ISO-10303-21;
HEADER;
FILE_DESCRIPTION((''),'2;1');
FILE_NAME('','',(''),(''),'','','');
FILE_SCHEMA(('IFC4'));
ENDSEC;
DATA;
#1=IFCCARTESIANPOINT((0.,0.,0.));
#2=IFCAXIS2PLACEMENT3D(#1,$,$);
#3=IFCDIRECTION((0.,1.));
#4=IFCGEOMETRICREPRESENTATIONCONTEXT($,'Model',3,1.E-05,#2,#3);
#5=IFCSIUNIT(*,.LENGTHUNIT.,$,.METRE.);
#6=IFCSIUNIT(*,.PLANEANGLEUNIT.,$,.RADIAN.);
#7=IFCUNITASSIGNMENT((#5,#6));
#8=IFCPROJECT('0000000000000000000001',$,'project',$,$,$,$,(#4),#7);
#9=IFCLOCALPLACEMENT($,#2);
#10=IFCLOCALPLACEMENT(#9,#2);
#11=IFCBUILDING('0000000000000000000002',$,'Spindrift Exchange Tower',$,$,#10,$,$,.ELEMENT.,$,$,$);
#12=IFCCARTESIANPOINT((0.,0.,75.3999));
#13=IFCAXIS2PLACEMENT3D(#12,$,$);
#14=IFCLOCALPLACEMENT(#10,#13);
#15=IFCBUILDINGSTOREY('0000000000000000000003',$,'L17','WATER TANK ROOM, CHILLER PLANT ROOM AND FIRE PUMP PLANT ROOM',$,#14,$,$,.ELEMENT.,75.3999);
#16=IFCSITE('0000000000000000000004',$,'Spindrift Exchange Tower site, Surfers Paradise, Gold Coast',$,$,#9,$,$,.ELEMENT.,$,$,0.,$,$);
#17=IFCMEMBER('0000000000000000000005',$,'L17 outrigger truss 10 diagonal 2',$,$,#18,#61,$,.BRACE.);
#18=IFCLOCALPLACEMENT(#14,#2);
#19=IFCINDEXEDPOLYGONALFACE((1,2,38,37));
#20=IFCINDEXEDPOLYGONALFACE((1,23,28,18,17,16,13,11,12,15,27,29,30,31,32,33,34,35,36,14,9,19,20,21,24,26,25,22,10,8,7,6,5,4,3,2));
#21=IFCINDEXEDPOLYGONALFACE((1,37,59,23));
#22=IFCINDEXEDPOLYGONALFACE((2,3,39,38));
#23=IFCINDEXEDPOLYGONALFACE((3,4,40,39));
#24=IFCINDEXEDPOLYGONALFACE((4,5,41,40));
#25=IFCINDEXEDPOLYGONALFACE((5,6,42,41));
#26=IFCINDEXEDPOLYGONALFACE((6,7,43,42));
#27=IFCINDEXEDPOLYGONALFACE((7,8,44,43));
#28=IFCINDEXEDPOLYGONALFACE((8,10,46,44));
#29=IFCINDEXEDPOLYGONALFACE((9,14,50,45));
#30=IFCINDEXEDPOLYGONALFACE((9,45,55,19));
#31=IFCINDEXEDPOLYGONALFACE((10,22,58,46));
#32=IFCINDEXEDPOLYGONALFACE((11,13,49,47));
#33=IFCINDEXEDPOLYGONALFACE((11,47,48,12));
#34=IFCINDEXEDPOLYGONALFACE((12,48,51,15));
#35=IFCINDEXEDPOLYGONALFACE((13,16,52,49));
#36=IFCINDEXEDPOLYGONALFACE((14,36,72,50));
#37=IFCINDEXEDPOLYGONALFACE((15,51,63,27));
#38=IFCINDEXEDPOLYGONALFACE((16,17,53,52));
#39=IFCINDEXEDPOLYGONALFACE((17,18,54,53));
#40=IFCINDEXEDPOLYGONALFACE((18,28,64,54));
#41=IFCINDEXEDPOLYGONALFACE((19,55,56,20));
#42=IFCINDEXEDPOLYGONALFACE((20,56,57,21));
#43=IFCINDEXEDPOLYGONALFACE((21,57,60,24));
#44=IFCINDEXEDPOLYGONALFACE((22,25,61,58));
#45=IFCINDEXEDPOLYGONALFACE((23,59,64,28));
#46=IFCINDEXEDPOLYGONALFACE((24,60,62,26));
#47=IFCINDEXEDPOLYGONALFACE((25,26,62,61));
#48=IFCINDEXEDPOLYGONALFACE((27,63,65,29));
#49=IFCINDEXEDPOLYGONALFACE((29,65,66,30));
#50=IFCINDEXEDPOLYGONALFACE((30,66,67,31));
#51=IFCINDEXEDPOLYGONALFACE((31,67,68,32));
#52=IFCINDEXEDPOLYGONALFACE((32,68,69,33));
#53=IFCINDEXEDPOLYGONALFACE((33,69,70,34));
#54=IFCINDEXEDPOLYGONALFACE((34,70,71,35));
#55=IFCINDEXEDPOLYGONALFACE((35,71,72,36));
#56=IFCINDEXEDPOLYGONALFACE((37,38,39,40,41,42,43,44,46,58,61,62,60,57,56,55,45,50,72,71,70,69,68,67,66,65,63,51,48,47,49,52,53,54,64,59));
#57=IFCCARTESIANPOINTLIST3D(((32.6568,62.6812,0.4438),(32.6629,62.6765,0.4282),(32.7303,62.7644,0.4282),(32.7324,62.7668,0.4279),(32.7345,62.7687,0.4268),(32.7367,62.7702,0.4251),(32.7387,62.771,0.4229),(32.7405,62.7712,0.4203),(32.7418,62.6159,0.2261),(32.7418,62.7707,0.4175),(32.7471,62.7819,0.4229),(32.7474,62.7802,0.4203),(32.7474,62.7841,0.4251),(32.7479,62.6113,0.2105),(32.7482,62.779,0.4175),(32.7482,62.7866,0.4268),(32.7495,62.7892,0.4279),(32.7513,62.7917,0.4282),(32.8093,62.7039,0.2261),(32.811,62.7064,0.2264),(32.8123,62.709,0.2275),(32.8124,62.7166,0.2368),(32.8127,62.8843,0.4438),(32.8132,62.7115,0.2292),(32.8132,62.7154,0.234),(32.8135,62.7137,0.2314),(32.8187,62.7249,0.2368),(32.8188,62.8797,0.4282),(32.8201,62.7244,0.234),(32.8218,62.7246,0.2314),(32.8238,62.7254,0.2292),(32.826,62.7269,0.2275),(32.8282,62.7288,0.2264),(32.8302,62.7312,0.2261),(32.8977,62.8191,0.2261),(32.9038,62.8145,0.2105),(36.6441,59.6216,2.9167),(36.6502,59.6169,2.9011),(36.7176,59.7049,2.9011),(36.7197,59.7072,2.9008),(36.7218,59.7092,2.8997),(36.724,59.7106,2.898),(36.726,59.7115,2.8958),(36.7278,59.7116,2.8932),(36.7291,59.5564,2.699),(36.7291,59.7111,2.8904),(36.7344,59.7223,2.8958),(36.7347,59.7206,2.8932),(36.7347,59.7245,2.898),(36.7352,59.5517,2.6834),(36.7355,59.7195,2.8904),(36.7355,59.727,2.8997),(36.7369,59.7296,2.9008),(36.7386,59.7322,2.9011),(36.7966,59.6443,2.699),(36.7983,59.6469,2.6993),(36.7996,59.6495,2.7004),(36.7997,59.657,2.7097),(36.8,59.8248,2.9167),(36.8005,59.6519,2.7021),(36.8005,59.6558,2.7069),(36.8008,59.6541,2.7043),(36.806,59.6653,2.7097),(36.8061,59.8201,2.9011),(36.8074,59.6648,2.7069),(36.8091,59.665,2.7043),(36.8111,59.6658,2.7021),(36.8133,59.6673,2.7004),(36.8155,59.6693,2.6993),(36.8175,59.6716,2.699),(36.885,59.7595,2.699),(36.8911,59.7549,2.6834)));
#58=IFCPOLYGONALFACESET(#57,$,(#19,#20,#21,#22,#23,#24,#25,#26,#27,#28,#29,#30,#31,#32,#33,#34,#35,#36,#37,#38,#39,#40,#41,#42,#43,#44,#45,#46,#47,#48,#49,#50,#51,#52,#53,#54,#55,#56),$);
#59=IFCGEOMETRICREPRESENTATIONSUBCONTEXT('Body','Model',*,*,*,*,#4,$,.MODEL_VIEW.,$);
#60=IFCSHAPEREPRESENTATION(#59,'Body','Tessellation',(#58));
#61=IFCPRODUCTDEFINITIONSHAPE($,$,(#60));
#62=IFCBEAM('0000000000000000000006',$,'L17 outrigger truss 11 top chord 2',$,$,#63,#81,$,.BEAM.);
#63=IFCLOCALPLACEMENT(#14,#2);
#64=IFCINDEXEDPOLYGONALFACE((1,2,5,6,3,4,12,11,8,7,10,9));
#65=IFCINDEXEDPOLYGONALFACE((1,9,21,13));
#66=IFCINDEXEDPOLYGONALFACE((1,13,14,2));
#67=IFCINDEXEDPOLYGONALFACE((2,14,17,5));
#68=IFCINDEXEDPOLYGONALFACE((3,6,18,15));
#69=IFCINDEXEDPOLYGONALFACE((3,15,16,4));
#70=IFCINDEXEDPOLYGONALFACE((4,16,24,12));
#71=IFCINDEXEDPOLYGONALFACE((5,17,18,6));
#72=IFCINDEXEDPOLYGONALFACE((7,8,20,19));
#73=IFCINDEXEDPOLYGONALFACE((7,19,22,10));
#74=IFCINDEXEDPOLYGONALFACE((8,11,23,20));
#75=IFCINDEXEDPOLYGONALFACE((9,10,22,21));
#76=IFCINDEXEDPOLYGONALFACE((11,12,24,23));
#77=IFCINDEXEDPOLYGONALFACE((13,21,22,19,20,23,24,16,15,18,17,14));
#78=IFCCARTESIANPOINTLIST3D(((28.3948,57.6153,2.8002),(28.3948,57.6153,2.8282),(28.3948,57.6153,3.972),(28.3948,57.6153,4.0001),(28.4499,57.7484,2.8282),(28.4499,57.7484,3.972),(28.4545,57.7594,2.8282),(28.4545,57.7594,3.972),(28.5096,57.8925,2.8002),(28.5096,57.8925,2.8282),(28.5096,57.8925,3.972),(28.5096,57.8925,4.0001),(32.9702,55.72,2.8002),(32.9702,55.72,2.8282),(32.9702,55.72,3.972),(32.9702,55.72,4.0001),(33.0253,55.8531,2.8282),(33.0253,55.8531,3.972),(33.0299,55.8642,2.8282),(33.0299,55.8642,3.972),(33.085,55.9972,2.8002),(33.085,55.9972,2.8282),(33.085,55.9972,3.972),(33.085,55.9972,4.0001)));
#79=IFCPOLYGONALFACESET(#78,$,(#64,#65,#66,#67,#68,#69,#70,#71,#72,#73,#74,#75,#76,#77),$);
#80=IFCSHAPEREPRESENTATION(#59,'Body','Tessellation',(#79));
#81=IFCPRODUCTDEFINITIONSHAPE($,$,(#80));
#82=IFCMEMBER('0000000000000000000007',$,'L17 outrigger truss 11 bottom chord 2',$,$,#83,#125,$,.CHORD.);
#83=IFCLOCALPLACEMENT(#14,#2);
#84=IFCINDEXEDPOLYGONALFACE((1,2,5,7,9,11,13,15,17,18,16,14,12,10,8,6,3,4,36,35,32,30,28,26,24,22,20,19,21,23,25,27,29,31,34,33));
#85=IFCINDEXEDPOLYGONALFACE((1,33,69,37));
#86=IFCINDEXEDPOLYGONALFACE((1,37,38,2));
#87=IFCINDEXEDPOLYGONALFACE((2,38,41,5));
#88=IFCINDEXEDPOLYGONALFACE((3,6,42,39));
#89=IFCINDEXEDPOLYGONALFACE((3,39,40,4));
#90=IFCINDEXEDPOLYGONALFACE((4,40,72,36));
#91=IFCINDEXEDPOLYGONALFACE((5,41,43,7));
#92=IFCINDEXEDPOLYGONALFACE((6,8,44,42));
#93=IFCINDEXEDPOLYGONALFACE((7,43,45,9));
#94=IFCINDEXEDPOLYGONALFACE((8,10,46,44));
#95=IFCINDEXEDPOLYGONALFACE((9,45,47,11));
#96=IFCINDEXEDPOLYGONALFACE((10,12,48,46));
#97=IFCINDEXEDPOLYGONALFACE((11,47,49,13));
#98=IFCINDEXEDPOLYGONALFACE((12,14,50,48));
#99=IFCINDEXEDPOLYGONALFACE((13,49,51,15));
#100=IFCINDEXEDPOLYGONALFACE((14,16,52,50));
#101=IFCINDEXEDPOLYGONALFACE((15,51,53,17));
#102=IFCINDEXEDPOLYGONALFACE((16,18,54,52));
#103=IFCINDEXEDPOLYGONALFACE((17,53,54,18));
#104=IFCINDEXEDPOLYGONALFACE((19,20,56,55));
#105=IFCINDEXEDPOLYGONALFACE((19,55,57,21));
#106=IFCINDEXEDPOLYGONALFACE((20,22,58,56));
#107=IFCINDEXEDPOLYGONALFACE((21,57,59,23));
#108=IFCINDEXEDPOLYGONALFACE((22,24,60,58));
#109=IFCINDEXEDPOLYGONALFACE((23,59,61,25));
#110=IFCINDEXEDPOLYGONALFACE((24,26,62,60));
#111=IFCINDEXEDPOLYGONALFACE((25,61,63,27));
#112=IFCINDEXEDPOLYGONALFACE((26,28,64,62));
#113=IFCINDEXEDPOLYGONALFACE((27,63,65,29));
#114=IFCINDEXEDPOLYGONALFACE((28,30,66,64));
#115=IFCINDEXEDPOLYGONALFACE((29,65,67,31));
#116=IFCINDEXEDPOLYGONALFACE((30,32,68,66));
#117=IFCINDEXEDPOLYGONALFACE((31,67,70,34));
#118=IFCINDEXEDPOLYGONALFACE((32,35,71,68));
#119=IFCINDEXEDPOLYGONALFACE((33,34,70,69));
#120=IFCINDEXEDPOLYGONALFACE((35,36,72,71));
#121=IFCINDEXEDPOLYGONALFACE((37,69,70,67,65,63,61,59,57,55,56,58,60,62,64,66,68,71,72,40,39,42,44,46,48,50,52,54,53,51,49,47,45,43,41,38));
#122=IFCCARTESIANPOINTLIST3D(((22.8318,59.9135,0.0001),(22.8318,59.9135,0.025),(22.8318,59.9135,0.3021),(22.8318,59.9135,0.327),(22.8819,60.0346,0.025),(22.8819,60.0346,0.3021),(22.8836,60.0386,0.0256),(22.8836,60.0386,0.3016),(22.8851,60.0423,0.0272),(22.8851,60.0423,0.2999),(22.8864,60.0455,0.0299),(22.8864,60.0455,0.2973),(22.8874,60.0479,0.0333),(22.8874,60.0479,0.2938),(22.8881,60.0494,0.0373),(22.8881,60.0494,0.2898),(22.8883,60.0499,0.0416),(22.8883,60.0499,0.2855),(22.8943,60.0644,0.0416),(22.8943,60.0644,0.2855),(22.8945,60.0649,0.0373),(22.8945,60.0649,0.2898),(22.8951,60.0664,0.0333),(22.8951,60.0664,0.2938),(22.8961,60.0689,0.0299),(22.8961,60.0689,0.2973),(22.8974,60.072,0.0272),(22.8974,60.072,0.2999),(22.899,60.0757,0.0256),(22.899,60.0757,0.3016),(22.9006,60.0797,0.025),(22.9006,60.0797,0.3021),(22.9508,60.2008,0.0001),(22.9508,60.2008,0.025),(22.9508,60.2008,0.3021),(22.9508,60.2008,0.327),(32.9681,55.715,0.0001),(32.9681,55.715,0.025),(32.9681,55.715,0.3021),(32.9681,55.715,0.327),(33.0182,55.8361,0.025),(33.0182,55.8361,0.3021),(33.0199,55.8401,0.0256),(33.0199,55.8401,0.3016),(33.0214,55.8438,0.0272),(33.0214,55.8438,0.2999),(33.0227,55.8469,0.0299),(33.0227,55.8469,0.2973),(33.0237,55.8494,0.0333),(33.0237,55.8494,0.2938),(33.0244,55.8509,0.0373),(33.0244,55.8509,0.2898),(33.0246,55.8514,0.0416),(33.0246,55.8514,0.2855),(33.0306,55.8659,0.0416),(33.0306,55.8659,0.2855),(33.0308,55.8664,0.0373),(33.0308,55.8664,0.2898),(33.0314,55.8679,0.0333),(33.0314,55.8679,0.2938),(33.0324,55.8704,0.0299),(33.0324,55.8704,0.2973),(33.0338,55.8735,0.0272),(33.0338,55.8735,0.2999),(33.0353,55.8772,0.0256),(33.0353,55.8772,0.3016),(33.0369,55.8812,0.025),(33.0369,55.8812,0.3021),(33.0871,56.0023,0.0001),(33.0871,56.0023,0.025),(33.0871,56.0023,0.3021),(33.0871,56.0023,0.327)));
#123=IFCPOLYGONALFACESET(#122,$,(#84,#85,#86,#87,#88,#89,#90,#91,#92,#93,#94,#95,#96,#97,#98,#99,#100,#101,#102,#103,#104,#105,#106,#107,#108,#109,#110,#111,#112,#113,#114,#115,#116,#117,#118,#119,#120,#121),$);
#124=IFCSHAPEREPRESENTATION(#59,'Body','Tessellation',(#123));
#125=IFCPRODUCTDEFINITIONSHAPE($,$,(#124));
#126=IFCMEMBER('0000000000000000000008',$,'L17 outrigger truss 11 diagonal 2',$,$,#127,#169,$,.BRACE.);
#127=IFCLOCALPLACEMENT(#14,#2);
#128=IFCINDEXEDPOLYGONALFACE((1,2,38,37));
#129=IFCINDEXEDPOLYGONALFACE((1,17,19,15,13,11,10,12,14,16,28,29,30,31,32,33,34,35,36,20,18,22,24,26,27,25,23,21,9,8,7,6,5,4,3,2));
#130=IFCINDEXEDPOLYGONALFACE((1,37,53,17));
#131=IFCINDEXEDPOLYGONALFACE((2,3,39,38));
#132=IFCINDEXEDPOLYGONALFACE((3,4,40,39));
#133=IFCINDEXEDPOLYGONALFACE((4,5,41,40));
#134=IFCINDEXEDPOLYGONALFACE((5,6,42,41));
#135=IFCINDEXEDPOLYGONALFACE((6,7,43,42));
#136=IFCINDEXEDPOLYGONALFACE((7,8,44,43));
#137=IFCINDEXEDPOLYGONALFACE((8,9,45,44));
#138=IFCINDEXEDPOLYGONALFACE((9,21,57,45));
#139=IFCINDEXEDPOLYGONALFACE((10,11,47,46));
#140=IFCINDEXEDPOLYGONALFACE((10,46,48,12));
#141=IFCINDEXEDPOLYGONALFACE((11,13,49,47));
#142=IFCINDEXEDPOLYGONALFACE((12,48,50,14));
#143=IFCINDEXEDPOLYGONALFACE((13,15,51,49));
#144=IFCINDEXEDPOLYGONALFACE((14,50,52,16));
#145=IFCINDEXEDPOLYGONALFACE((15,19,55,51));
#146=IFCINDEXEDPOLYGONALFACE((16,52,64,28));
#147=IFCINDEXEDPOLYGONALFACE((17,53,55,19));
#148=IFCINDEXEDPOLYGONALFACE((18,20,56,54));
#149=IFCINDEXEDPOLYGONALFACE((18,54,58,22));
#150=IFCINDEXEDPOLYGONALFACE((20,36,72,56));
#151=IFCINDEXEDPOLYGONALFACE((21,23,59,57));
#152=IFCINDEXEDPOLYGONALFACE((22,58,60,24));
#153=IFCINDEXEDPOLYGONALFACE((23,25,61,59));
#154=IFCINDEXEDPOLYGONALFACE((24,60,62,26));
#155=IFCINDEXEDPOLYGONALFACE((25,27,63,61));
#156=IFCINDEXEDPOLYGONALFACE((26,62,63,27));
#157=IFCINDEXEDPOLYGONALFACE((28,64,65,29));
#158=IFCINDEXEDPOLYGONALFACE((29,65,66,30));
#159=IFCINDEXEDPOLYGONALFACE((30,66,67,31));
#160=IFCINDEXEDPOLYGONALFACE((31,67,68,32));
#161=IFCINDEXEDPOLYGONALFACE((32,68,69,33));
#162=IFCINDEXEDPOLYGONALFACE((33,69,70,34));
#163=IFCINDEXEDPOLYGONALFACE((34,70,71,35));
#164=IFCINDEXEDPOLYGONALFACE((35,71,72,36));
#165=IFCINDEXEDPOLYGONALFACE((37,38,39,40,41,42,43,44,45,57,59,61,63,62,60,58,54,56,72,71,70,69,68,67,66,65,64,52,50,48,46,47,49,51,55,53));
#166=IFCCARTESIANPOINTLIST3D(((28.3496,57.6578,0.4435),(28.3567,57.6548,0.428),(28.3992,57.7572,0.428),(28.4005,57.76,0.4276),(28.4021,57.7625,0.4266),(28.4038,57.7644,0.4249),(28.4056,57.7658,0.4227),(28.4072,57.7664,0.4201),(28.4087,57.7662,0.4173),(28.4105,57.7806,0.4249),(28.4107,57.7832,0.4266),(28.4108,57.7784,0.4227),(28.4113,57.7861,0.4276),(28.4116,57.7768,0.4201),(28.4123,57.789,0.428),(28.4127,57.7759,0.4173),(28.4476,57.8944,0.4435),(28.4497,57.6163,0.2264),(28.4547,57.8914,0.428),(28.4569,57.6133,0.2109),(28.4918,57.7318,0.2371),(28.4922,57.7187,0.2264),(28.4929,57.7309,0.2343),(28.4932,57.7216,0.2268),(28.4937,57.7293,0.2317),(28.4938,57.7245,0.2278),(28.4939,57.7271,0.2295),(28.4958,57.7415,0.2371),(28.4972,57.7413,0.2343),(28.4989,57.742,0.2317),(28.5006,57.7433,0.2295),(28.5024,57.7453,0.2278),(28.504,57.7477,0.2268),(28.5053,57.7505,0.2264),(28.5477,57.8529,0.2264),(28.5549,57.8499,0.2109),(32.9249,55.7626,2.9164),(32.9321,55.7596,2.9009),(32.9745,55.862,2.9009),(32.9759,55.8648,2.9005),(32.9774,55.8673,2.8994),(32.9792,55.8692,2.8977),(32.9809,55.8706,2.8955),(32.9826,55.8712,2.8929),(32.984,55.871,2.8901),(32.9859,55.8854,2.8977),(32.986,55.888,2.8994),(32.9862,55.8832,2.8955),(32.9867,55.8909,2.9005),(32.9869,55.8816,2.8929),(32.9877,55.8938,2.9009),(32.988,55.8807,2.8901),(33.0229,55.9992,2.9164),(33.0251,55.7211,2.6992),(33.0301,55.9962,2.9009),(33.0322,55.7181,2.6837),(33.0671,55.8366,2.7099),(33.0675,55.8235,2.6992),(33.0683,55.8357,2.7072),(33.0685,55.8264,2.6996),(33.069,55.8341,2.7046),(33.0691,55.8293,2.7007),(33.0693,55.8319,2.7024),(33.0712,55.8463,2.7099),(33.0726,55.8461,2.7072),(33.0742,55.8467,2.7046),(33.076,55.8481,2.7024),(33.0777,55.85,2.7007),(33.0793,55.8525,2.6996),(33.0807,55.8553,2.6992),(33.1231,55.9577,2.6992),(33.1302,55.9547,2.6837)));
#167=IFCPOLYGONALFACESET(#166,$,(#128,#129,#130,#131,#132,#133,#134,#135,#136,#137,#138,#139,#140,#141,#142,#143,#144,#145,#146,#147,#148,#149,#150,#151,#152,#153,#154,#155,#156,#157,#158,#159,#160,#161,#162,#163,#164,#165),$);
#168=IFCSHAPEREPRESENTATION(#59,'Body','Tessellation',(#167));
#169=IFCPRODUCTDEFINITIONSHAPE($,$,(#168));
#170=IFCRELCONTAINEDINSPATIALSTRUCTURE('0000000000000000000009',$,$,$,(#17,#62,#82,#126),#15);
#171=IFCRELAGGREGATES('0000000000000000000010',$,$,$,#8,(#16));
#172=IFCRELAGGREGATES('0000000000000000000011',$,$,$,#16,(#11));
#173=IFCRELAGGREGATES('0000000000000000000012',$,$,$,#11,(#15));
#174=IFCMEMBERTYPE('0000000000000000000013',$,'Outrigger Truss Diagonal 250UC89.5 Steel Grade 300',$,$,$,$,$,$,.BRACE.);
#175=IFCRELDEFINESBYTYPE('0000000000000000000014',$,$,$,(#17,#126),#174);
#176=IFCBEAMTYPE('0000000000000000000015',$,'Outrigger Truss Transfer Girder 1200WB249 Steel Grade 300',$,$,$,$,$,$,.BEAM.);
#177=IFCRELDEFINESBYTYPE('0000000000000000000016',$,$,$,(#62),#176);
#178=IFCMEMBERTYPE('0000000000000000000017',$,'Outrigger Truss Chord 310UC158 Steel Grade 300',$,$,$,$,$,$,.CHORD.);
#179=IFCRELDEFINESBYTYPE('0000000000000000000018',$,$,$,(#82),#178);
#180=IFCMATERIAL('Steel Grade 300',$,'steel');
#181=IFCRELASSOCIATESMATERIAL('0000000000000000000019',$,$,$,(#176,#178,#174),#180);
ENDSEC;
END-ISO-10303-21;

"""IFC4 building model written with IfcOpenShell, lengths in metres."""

from ifc_helpers import new_model, si_unit, direction, frame, origin, origin_2d, place, context, subcontext, project, spatial, i_section, extrude, source, transform, mapped, material, material_profile, profile_set, type_object, element, save


model = new_model("IFC4")

# Units and contexts
model_context = context("Model", 3, precision=1e-05, world=origin(), true_north=direction((0.0, 1.0)))
body_context = subcontext(model_context, "Body", "Model", "MODEL_VIEW")
ifc_project = project(units=[si_unit("LENGTHUNIT", "METRE"), si_unit("PLANEANGLEUNIT", "RADIAN")], contexts=[model_context])

# Site, building, storey
site_placement = place(None, origin())
site = spatial("IfcSite", under=ifc_project, at=site_placement, Name="Spindrift Exchange Tower site, Surfers Paradise, Gold Coast", CompositionType="ELEMENT", RefElevation=0.0)
building_placement = place(site_placement, origin())
building = spatial("IfcBuilding", under=site, at=building_placement, Name="Spindrift Exchange Tower", CompositionType="ELEMENT")
storey_placement = place(building_placement, frame((0.0, 0.0, 75.3999)))
storey = spatial("IfcBuildingStorey", under=building, at=storey_placement, Name="L17", Description="WATER TANK ROOM, CHILLER PLANT ROOM AND FIRE PUMP PLANT ROOM", CompositionType="ELEMENT", Elevation=75.3999)

# Shared definitions
ifc_material_1 = material(Name="Steel Grade 300", Category="steel")

# Shared definitions
ifc_material_profile_1 = material_profile(ifc_material_1, i_section(OverallWidth=0.3, OverallDepth=1.2, WebThickness=0.012, FlangeThickness=0.0281, at=origin_2d()), Name="1200WB249")
ifc_profile_set_1 = profile_set([ifc_material_profile_1], Name="Steel Grade 300")
beam_type = type_object("IfcBeamType", Name="Outrigger Truss Transfer Girder 1200WB249 Steel Grade 300", PredefinedType="BEAM", material=ifc_profile_set_1)

# Member
ifc_material_profile_2 = material_profile(ifc_material_1, i_section(OverallWidth=0.311, OverallDepth=0.3269, WebThickness=0.0156, FlangeThickness=0.0249, FilletRadius=0.0166, at=origin_2d()), Name="310UC158")
ifc_profile_set_2 = profile_set([ifc_material_profile_2], Name="Steel Grade 300")
member_type_1 = type_object("IfcMemberType", Name="Outrigger Truss Chord 310UC158 Steel Grade 300", PredefinedType="CHORD", material=ifc_profile_set_2)
ifc_material_profile_3 = material_profile(ifc_material_1, i_section(OverallWidth=0.2561, OverallDepth=0.26, WebThickness=0.0105, FlangeThickness=0.0173, FilletRadius=0.012, at=origin_2d()), Name="250UC89.5")
ifc_profile_set_3 = profile_set([ifc_material_profile_3], Name="Steel Grade 300")
member_type_2 = type_object("IfcMemberType", Name="Outrigger Truss Diagonal 250UC89.5 Steel Grade 300", PredefinedType="BRACE", material=ifc_profile_set_3)
shared_shape_1 = source(origin(), body_context, "Body", "SweptSolid", [
    extrude(i_section(OverallWidth=0.2561, OverallDepth=0.26, WebThickness=0.0105, FlangeThickness=0.0173, FilletRadius=0.012, at=origin_2d()), origin(), (0.0, 0.0, 1.0), 5.6013),
])
member_1_placement = place(storey_placement, frame((36.7676, 59.6882, 2.8), z_axis=(-0.711851, 0.546223, -0.441485), x_axis=(-0.608762, -0.793353, 0.0)))
element("IfcMember", 1, at=member_1_placement, inside=storey, type_object=member_type_2, Name="L17 outrigger truss 10 diagonal 2", PredefinedType="BRACE", context=body_context, shape_type="MappedRepresentation", body=[
    mapped(shared_shape_1, transform((0.0, 0.0, 0.0), scale=1.0)),
])

# Beam
shared_shape_2 = source(origin(), body_context, "Body", "SweptSolid", [
    extrude(i_section(OverallWidth=0.3, OverallDepth=1.2, WebThickness=0.012, FlangeThickness=0.0281, at=origin_2d()), origin(), (0.0, 0.0, 1.0), 4.9524),
])
beam_1_placement = place(storey_placement, frame((33.0276, 55.8586, 3.4001), z_axis=(-0.923876, 0.382693, 0.0), x_axis=(-0.382693, -0.923876, 0.0)))
element("IfcBeam", 2, at=beam_1_placement, inside=storey, type_object=beam_type, Name="L17 outrigger truss 11 top chord 2", PredefinedType="BEAM", context=body_context, shape_type="MappedRepresentation", body=[
    mapped(shared_shape_2, transform((0.0, 0.0, 0.0), scale=1.0)),
])

# Members
shared_shape_3 = source(origin(), body_context, "Body", "SweptSolid", [
    extrude(i_section(OverallWidth=0.311, OverallDepth=0.3269, WebThickness=0.0156, FlangeThickness=0.0249, FilletRadius=0.0166, at=origin_2d()), origin(), (0.0, 0.0, 1.0), 10.9714),
])
member_2_placement = place(storey_placement, frame((33.0276, 55.8586, 0.1636), z_axis=(-0.923882, 0.382677, 0.0), x_axis=(-0.382677, -0.923882, 0.0)))
element("IfcMember", 3, at=member_2_placement, inside=storey, type_object=member_type_1, Name="L17 outrigger truss 11 bottom chord 2", PredefinedType="CHORD", context=body_context, shape_type="MappedRepresentation", body=[
    mapped(shared_shape_3, transform((0.0, 0.0, 0.0), scale=1.0)),
])
shared_shape_4 = source(origin(), body_context, "Body", "SweptSolid", [
    extrude(i_section(OverallWidth=0.2561, OverallDepth=0.26, WebThickness=0.0105, FlangeThickness=0.0173, FilletRadius=0.012, at=origin_2d()), origin(), (0.0, 0.0, 1.0), 5.5354),
])
member_3_placement = place(storey_placement, frame((33.0276, 55.8586, 2.8), z_axis=(-0.826561, 0.342383, -0.446734), x_axis=(-0.382693, -0.923876, 0.0)))
element("IfcMember", 4, at=member_3_placement, inside=storey, type_object=member_type_2, Name="L17 outrigger truss 11 diagonal 2", PredefinedType="BRACE", context=body_context, shape_type="MappedRepresentation", body=[
    mapped(shared_shape_4, transform((0.0, 0.0, 0.0), scale=1.0)),
])

save(model, "model.ifc")
